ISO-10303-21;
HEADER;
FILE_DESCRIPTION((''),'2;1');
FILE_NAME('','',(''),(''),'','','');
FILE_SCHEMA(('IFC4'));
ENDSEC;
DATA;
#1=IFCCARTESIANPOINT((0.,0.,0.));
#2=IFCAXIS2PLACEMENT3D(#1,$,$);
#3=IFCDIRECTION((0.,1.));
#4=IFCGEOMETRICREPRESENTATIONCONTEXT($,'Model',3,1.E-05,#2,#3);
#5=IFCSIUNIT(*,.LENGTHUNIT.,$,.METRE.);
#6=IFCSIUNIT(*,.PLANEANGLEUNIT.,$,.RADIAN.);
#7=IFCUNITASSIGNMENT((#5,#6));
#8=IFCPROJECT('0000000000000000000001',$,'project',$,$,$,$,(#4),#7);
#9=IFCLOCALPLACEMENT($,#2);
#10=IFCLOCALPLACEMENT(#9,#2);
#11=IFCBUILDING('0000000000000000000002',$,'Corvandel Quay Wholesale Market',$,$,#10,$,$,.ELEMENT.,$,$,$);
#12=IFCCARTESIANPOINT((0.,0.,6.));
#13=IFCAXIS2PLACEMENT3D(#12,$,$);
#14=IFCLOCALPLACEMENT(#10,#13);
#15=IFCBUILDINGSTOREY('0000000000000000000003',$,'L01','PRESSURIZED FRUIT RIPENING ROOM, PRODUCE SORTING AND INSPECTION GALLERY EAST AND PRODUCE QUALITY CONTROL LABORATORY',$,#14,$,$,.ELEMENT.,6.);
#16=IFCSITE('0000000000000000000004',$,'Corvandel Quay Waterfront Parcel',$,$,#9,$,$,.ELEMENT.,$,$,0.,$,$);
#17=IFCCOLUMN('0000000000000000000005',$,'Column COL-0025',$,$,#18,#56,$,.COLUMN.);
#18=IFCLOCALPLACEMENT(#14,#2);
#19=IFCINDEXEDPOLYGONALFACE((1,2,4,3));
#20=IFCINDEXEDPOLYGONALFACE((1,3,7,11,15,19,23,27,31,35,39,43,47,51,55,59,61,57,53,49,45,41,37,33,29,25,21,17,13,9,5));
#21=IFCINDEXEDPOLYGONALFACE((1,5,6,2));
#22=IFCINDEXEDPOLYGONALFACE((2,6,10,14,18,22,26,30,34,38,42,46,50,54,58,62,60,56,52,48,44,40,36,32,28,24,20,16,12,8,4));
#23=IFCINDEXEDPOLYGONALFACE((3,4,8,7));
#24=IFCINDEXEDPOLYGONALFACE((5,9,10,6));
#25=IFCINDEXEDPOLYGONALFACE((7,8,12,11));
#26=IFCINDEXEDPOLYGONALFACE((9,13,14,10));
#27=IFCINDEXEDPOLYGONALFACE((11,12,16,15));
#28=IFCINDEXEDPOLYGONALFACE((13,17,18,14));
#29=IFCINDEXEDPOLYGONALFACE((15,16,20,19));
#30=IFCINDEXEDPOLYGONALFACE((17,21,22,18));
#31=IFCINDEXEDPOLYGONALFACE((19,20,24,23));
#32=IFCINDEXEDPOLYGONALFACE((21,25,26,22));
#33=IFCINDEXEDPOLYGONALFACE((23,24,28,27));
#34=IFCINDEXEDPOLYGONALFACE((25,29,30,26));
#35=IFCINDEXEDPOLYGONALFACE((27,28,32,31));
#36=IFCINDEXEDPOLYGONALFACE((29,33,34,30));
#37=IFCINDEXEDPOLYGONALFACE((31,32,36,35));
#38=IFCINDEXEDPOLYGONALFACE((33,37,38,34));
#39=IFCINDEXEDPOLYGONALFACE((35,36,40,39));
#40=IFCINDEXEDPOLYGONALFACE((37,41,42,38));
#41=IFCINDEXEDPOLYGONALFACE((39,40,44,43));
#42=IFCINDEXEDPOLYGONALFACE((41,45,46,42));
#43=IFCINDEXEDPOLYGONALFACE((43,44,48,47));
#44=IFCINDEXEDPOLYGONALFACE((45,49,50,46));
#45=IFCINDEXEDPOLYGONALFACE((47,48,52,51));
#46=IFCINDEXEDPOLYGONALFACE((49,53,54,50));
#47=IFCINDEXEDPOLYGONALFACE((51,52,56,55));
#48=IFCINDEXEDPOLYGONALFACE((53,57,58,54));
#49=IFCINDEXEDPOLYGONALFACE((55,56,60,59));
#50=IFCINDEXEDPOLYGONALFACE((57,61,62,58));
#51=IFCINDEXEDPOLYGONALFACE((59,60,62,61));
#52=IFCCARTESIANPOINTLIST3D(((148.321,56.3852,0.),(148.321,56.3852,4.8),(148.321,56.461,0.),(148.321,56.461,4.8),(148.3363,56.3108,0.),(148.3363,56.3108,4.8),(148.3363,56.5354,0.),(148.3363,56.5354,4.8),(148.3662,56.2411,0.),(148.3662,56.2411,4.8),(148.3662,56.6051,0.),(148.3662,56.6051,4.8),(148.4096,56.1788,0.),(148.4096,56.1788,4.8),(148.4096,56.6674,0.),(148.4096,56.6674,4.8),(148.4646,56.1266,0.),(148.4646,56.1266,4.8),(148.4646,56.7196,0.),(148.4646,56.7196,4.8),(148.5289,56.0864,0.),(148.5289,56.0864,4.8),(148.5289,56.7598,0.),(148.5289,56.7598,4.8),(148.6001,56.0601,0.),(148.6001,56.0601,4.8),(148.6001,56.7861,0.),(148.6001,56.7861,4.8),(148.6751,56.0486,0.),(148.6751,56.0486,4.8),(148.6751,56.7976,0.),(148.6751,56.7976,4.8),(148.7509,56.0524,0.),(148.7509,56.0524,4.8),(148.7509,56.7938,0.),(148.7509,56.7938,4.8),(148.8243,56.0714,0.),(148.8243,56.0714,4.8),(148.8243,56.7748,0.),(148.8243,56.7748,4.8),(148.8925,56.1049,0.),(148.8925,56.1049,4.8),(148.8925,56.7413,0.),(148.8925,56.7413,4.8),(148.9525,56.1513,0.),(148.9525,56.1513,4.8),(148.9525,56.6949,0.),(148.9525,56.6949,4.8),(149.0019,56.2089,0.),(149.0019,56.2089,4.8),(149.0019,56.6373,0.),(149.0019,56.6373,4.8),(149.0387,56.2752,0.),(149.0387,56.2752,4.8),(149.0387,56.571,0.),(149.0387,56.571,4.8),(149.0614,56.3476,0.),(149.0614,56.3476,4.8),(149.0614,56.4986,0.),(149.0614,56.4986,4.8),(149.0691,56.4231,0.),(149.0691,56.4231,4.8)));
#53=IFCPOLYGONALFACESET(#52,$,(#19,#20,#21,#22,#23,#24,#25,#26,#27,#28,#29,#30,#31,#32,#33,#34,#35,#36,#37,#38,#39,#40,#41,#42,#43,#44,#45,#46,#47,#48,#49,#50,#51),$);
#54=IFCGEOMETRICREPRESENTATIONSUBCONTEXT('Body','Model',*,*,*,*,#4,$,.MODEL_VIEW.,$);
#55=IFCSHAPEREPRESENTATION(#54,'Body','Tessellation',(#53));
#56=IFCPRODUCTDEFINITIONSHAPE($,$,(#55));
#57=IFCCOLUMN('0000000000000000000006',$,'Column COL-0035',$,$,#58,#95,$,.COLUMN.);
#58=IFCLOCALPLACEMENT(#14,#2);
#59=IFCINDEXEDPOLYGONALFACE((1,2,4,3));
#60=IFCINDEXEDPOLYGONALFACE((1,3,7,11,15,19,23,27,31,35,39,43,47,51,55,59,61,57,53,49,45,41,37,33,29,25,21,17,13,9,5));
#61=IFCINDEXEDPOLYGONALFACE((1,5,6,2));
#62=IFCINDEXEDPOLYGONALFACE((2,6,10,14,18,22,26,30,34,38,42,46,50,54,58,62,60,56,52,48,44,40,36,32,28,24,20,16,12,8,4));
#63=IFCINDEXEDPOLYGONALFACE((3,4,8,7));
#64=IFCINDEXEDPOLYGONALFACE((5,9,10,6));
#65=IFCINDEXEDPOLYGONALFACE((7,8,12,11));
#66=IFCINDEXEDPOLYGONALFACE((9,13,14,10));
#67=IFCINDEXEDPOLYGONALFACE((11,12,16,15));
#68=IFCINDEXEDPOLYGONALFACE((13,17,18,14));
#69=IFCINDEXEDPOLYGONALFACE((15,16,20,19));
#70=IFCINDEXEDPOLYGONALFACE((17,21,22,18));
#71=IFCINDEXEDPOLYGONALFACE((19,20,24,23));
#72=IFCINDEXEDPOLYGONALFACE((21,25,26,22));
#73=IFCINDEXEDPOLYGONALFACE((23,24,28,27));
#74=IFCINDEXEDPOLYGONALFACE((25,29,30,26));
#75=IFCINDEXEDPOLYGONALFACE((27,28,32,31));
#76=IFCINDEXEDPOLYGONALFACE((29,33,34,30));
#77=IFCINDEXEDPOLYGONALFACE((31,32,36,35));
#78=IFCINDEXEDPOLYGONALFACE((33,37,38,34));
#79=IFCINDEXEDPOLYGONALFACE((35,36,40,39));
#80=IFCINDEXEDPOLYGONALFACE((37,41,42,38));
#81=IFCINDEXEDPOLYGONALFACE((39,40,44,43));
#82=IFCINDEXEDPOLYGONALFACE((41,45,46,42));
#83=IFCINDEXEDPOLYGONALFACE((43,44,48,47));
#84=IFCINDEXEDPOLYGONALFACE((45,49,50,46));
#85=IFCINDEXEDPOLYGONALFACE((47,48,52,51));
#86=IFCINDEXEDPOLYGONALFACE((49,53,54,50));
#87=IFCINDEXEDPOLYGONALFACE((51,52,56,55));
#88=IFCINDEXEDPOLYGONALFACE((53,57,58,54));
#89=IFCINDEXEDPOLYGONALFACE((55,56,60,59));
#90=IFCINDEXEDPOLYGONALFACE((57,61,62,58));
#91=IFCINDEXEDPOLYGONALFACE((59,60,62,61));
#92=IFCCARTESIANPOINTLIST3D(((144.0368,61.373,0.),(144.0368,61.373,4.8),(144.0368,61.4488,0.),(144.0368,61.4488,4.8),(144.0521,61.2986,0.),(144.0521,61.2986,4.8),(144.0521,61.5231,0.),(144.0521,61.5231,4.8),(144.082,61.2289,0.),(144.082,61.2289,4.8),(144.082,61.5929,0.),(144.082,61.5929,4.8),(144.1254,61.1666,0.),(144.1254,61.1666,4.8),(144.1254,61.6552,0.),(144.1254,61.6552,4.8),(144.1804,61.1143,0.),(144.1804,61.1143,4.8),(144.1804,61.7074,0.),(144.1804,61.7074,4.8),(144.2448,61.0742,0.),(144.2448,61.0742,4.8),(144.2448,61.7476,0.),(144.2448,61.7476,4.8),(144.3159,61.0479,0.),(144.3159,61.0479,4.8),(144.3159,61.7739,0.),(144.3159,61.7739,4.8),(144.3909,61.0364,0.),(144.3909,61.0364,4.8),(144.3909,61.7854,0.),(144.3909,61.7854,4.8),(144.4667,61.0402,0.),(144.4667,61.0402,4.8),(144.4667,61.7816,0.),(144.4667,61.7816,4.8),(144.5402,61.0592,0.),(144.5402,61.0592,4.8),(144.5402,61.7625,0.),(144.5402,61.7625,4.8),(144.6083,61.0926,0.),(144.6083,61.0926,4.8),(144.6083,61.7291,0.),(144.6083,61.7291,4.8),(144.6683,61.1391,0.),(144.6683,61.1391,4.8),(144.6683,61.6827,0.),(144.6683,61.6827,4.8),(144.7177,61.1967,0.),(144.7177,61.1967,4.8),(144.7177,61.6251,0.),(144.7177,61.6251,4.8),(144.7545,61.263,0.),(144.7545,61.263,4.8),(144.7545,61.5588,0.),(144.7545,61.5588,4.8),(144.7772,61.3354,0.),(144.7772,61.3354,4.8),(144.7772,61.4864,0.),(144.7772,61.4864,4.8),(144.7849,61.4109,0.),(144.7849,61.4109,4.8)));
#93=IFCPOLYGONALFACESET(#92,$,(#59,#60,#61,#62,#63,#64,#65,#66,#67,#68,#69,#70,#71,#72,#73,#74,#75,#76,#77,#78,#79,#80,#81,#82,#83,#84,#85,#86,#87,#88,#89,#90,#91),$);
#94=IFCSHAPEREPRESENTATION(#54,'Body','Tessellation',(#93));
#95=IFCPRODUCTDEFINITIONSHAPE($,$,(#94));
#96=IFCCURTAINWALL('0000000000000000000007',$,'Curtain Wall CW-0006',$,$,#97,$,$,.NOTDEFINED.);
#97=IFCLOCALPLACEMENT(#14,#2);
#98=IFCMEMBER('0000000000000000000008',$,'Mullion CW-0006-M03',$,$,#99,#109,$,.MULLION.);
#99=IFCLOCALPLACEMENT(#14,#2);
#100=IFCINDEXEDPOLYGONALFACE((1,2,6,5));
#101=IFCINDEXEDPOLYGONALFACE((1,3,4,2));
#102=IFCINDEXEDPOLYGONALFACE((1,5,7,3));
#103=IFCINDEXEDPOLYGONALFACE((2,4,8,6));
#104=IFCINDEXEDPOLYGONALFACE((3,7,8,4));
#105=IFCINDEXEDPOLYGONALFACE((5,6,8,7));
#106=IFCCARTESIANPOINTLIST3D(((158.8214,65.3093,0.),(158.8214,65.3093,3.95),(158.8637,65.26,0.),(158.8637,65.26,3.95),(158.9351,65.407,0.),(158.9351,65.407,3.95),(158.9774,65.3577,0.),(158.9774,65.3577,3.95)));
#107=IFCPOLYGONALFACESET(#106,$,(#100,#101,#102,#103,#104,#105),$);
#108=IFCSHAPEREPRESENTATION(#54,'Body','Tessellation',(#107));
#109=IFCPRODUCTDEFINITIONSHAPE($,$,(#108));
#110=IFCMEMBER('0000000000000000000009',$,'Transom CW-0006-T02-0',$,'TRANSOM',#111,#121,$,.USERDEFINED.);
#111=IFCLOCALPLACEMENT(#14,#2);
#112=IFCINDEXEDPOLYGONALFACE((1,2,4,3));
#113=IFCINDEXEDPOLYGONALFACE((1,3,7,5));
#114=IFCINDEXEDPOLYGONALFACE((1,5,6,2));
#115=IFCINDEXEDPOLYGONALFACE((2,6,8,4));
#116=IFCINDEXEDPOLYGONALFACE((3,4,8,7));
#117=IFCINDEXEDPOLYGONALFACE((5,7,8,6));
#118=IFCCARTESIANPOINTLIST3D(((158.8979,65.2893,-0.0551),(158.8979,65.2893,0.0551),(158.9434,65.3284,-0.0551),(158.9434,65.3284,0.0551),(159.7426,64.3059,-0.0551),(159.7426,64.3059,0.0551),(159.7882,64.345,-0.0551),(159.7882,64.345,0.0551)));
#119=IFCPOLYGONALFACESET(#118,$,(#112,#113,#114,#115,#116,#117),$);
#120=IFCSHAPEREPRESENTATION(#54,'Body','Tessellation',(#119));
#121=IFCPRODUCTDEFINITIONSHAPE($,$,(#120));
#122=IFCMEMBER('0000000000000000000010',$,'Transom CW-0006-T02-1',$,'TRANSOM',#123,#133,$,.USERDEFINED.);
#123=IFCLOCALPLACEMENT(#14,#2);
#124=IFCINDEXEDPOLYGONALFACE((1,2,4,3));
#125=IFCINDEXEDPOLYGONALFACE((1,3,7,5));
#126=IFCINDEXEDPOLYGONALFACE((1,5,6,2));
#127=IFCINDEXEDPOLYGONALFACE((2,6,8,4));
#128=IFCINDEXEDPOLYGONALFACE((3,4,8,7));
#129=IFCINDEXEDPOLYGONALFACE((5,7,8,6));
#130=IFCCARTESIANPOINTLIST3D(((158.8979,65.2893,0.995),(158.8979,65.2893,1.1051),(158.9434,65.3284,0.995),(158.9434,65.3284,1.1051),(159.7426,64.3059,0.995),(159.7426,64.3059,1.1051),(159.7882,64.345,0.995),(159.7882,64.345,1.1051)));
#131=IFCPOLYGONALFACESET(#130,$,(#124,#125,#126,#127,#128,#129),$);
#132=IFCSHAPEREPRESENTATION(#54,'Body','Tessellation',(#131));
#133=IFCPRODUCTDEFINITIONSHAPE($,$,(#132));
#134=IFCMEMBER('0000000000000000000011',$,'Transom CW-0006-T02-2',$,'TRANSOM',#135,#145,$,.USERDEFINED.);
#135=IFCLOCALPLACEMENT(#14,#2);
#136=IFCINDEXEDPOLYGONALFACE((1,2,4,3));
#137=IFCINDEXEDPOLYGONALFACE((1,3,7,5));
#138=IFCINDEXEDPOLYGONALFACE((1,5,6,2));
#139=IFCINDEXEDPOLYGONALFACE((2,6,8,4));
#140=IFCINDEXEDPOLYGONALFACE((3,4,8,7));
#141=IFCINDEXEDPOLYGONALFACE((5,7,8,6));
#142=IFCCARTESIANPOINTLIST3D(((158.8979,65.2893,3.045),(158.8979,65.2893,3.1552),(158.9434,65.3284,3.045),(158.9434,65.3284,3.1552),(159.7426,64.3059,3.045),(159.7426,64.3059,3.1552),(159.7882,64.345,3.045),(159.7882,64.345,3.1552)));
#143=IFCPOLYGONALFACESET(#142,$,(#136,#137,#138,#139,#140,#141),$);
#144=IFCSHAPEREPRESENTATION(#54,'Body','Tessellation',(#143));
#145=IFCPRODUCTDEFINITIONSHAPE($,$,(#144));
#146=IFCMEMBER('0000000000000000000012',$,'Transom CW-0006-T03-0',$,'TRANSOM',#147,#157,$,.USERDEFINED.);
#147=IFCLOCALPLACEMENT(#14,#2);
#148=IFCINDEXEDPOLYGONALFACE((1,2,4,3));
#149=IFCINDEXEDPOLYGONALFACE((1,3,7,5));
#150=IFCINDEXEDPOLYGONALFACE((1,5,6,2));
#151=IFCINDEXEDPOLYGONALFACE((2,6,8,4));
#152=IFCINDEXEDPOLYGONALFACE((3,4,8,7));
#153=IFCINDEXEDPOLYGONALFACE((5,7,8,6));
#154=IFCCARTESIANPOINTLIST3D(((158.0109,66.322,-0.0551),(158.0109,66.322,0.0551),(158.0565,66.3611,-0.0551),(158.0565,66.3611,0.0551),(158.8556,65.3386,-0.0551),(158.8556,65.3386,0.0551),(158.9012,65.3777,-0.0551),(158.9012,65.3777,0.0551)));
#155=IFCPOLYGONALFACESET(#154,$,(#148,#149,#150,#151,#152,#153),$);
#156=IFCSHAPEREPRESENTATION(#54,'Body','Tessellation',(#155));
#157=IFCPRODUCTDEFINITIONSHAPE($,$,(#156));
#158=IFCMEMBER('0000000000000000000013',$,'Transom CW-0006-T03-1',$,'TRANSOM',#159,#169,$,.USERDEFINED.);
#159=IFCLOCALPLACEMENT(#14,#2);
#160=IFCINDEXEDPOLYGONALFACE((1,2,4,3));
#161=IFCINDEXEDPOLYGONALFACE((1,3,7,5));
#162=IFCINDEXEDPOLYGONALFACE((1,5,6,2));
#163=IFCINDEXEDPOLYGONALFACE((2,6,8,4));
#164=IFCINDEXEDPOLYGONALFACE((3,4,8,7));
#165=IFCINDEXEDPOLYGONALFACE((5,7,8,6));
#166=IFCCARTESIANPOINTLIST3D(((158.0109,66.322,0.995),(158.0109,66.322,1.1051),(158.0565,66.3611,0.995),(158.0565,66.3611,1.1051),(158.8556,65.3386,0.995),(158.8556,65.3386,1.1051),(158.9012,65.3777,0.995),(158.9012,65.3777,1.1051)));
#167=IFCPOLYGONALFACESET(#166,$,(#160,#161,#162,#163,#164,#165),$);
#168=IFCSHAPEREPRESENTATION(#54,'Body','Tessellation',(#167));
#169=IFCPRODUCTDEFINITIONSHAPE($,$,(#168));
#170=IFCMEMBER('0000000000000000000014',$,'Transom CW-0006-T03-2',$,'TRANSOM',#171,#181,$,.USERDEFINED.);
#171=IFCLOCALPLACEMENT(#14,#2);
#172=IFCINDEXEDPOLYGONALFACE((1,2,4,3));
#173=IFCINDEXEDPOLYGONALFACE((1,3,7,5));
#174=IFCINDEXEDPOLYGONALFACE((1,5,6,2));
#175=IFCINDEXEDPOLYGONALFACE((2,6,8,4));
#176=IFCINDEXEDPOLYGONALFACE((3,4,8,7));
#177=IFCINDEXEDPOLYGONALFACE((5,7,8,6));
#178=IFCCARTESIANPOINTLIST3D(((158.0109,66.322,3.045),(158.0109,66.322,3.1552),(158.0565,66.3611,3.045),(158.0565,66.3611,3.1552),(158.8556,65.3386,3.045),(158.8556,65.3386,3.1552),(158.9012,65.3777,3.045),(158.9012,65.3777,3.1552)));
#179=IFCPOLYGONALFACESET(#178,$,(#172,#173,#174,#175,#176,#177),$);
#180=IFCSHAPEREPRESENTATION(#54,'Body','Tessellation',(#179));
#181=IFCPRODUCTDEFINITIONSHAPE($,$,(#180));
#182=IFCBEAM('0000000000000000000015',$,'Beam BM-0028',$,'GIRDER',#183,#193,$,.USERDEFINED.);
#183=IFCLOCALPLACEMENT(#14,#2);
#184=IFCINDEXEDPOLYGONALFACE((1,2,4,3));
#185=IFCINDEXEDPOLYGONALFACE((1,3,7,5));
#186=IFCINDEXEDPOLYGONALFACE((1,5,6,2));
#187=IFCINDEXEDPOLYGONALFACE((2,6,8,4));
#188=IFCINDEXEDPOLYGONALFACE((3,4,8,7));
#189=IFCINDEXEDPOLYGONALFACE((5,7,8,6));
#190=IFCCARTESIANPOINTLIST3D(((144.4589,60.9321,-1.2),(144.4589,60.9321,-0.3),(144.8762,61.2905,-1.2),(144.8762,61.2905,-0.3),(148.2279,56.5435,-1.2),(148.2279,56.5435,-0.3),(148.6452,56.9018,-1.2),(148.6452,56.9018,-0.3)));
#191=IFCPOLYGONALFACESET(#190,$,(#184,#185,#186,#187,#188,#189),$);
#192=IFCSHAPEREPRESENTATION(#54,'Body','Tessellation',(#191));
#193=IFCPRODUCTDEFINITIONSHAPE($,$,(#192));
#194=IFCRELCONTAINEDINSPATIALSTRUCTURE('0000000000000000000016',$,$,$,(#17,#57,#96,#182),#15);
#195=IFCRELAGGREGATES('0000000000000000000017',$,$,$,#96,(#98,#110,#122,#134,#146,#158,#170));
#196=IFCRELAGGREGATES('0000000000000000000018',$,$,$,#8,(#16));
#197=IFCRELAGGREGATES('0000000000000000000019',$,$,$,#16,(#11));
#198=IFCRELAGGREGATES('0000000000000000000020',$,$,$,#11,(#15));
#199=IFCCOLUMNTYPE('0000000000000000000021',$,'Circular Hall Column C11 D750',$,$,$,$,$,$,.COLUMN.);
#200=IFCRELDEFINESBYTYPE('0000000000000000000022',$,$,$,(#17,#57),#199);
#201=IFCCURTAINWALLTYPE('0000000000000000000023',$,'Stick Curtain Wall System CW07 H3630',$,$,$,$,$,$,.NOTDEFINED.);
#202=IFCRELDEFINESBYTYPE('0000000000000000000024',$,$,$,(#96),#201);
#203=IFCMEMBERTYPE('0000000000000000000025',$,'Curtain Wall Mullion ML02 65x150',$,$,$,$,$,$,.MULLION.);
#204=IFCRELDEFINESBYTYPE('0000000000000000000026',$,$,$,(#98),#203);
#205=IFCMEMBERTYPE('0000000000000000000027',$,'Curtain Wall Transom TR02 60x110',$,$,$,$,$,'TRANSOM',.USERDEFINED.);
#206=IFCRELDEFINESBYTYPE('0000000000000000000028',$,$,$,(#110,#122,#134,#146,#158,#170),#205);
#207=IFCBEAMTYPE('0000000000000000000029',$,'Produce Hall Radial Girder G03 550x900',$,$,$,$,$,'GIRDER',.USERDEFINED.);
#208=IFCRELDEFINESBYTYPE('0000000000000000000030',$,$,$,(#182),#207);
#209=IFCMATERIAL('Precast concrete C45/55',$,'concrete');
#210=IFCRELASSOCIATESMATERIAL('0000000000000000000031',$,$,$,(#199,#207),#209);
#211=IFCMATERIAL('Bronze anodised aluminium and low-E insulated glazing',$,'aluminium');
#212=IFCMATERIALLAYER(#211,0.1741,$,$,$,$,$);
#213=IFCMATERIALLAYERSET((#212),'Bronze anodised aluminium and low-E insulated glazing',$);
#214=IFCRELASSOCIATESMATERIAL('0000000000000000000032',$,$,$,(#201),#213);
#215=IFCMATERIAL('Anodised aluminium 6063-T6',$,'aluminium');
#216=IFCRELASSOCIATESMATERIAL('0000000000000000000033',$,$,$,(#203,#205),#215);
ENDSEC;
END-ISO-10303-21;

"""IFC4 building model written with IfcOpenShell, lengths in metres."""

from ifc_helpers import new_model, si_unit, direction, frame, origin, origin_2d, place, context, subcontext, project, spatial, rectangle, circle, extrude, material, layer, layer_set, material_profile, profile_set, type_object, element, aggregate, save


model = new_model("IFC4")

# Units and contexts
model_context = context("Model", 3, precision=1e-05, world=origin(), true_north=direction((0.0, 1.0)))
body_context = subcontext(model_context, "Body", "Model", "MODEL_VIEW")
ifc_project = project(units=[si_unit("LENGTHUNIT", "METRE"), si_unit("PLANEANGLEUNIT", "RADIAN")], contexts=[model_context])

# Site, building, storey
site_placement = place(None, origin())
site = spatial("IfcSite", under=ifc_project, at=site_placement, Name="Corvandel Quay Waterfront Parcel", CompositionType="ELEMENT", RefElevation=0.0)
building_placement = place(site_placement, origin())
building = spatial("IfcBuilding", under=site, at=building_placement, Name="Corvandel Quay Wholesale Market", CompositionType="ELEMENT")
storey_placement = place(building_placement, frame((0.0, 0.0, 6.0)))
storey = spatial("IfcBuildingStorey", under=building, at=storey_placement, Name="L01", Description="PRESSURIZED FRUIT RIPENING ROOM, PRODUCE SORTING AND INSPECTION GALLERY EAST AND PRODUCE QUALITY CONTROL LABORATORY", CompositionType="ELEMENT", Elevation=6.0)

# Columns
ifc_material_1 = material(Name="Precast concrete C45/55", Category="concrete")
ifc_material_profile_1 = material_profile(ifc_material_1, circle(Radius=0.375, at=origin_2d()), Name="PC-COL-D750")
ifc_profile_set_1 = profile_set([ifc_material_profile_1], Name="Precast concrete C45/55")
column_type = type_object("IfcColumnType", Name="Circular Hall Column C11 D750", PredefinedType="COLUMN", material=ifc_profile_set_1)
for number, where, z_axis, x_axis, name in (
    (1, (148.6941, 56.4231, 0.0), (0.0, 0.0, 1.0), (1.0, 0.0, 0.0), "Column COL-0025"),
    (2, (144.4099, 61.4109, 0.0), (0.0, 0.0, 1.0), (1.0, 0.0, 0.0), "Column COL-0035"),
):
    element("IfcColumn", number, at=place(storey_placement, frame(where, z_axis=z_axis, x_axis=x_axis)), inside=storey, type_object=column_type, Name=name, PredefinedType="COLUMN", context=body_context, shape_type="SweptSolid", body=[
        extrude(circle(Radius=0.375, at=origin_2d()), origin(), (0.0, 0.0, 1.0), 4.8),
    ])

# Curtain wall, members
ifc_material_2 = material(Name="Bronze anodised aluminium and low-E insulated glazing", Category="aluminium")
ifc_layer_1 = layer(ifc_material_2, 0.1741)
ifc_layer_set_1 = layer_set([ifc_layer_1], Name="Bronze anodised aluminium and low-E insulated glazing")
curtain_wall_type = type_object("IfcCurtainWallType", Name="Stick Curtain Wall System CW07 H3630", PredefinedType="NOTDEFINED", material=ifc_layer_set_1)
curtain_wall_placement = place(storey_placement, origin())
curtain_wall = element("IfcCurtainWall", 3, at=curtain_wall_placement, inside=storey, type_object=curtain_wall_type, Name="Curtain Wall CW-0006", PredefinedType="NOTDEFINED")
ifc_material_3 = material(Name="Anodised aluminium 6063-T6", Category="aluminium")
ifc_material_profile_2 = material_profile(ifc_material_3, rectangle(XDim=0.0649, YDim=0.1499, at=origin_2d()), Name="ALU-MUL-65x150")
ifc_profile_set_2 = profile_set([ifc_material_profile_2], Name="Anodised aluminium 6063-T6")
member_type_1 = type_object("IfcMemberType", Name="Curtain Wall Mullion ML02 65x150", PredefinedType="MULLION", material=ifc_profile_set_2)
member_1_placement = place(storey_placement, frame((158.8994, 65.3335, 0.0), z_axis=(0.0, 0.0, 1.0), x_axis=(-0.651569, 0.758589, 0.0)))
member_1 = element("IfcMember", 4, at=member_1_placement, type_object=member_type_1, Name="Mullion CW-0006-M03", PredefinedType="MULLION", context=body_context, shape_type="SweptSolid", body=[
    extrude(rectangle(XDim=0.0649, YDim=0.1499, at=origin_2d()), origin(), (0.0, 0.0, 1.0), 3.95),
])
ifc_material_profile_3 = material_profile(ifc_material_3, rectangle(XDim=0.0601, YDim=0.1101, at=origin_2d()), Name="ALU-TRN-60x110")
ifc_profile_set_3 = profile_set([ifc_material_profile_3], Name="Anodised aluminium 6063-T6")
member_type_2 = type_object("IfcMemberType", Name="Curtain Wall Transom TR02 60x110", ElementType="TRANSOM", PredefinedType="USERDEFINED", material=ifc_profile_set_3)
member_2_placement = place(storey_placement, frame((159.7654, 64.3254, 0.0), z_axis=(-0.651597, 0.758565, 0.0), x_axis=(-0.758565, -0.651597, 0.0)))
member_2 = element("IfcMember", 5, at=member_2_placement, type_object=member_type_2, Name="Transom CW-0006-T02-0", ObjectType="TRANSOM", PredefinedType="USERDEFINED", context=body_context, shape_type="SweptSolid", body=[
    extrude(rectangle(XDim=0.0601, YDim=0.1101, at=origin_2d()), origin(), (0.0, 0.0, 1.0), 1.2964),
])
member_3_placement = place(storey_placement, frame((159.7654, 64.3254, 1.05), z_axis=(-0.651597, 0.758565, 0.0), x_axis=(-0.758565, -0.651597, 0.0)))
member_3 = element("IfcMember", 6, at=member_3_placement, type_object=member_type_2, Name="Transom CW-0006-T02-1", ObjectType="TRANSOM", PredefinedType="USERDEFINED", context=body_context, shape_type="SweptSolid", body=[
    extrude(rectangle(XDim=0.0601, YDim=0.1101, at=origin_2d()), origin(), (0.0, 0.0, 1.0), 1.2964),
])
member_4_placement = place(storey_placement, frame((159.7654, 64.3254, 3.1001), z_axis=(-0.651597, 0.758565, 0.0), x_axis=(-0.758565, -0.651597, 0.0)))
member_4 = element("IfcMember", 7, at=member_4_placement, type_object=member_type_2, Name="Transom CW-0006-T02-2", ObjectType="TRANSOM", PredefinedType="USERDEFINED", context=body_context, shape_type="SweptSolid", body=[
    extrude(rectangle(XDim=0.0601, YDim=0.1101, at=origin_2d()), origin(), (0.0, 0.0, 1.0), 1.2964),
])
member_5_placement = place(storey_placement, frame((158.8784, 65.3582, 0.0), z_axis=(-0.651597, 0.758565, 0.0), x_axis=(-0.758565, -0.651597, 0.0)))
member_5 = element("IfcMember", 8, at=member_5_placement, type_object=member_type_2, Name="Transom CW-0006-T03-0", ObjectType="TRANSOM", PredefinedType="USERDEFINED", context=body_context, shape_type="SweptSolid", body=[
    extrude(rectangle(XDim=0.0601, YDim=0.1101, at=origin_2d()), origin(), (0.0, 0.0, 1.0), 1.2964),
])
member_6_placement = place(storey_placement, frame((158.8784, 65.3582, 1.05), z_axis=(-0.651597, 0.758565, 0.0), x_axis=(-0.758565, -0.651597, 0.0)))
member_6 = element("IfcMember", 9, at=member_6_placement, type_object=member_type_2, Name="Transom CW-0006-T03-1", ObjectType="TRANSOM", PredefinedType="USERDEFINED", context=body_context, shape_type="SweptSolid", body=[
    extrude(rectangle(XDim=0.0601, YDim=0.1101, at=origin_2d()), origin(), (0.0, 0.0, 1.0), 1.2964),
])
member_7_placement = place(storey_placement, frame((158.8784, 65.3582, 3.1001), z_axis=(-0.651597, 0.758565, 0.0), x_axis=(-0.758565, -0.651597, 0.0)))
member_7 = element("IfcMember", 10, at=member_7_placement, type_object=member_type_2, Name="Transom CW-0006-T03-2", ObjectType="TRANSOM", PredefinedType="USERDEFINED", context=body_context, shape_type="SweptSolid", body=[
    extrude(rectangle(XDim=0.0601, YDim=0.1101, at=origin_2d()), origin(), (0.0, 0.0, 1.0), 1.2964),
])

# Beam
ifc_material_profile_4 = material_profile(ifc_material_1, rectangle(XDim=0.55, YDim=0.8999, at=origin_2d()), Name="PC-GIR-550x900")
ifc_profile_set_4 = profile_set([ifc_material_profile_4], Name="Precast concrete C45/55")
beam_type_1 = type_object("IfcBeamType", Name="Produce Hall Radial Girder G03 550x900", ElementType="GIRDER", PredefinedType="USERDEFINED", material=ifc_profile_set_4)
beam_1_placement = place(storey_placement, frame((148.4365, 56.7227, -0.75), z_axis=(-0.651521, 0.758631, 0.0), x_axis=(-0.758631, -0.651521, 0.0)))
element("IfcBeam", 11, at=beam_1_placement, inside=storey, type_object=beam_type_1, Name="Beam BM-0028", ObjectType="GIRDER", PredefinedType="USERDEFINED", context=body_context, shape_type="SweptSolid", body=[
    extrude(rectangle(XDim=0.55, YDim=0.8999, at=origin_2d()), origin(), (0.0, 0.0, 1.0), 5.7849),
])

aggregate(curtain_wall, [member_1, member_2, member_3, member_4, member_5, member_6, member_7])

save(model, "model.ifc")
